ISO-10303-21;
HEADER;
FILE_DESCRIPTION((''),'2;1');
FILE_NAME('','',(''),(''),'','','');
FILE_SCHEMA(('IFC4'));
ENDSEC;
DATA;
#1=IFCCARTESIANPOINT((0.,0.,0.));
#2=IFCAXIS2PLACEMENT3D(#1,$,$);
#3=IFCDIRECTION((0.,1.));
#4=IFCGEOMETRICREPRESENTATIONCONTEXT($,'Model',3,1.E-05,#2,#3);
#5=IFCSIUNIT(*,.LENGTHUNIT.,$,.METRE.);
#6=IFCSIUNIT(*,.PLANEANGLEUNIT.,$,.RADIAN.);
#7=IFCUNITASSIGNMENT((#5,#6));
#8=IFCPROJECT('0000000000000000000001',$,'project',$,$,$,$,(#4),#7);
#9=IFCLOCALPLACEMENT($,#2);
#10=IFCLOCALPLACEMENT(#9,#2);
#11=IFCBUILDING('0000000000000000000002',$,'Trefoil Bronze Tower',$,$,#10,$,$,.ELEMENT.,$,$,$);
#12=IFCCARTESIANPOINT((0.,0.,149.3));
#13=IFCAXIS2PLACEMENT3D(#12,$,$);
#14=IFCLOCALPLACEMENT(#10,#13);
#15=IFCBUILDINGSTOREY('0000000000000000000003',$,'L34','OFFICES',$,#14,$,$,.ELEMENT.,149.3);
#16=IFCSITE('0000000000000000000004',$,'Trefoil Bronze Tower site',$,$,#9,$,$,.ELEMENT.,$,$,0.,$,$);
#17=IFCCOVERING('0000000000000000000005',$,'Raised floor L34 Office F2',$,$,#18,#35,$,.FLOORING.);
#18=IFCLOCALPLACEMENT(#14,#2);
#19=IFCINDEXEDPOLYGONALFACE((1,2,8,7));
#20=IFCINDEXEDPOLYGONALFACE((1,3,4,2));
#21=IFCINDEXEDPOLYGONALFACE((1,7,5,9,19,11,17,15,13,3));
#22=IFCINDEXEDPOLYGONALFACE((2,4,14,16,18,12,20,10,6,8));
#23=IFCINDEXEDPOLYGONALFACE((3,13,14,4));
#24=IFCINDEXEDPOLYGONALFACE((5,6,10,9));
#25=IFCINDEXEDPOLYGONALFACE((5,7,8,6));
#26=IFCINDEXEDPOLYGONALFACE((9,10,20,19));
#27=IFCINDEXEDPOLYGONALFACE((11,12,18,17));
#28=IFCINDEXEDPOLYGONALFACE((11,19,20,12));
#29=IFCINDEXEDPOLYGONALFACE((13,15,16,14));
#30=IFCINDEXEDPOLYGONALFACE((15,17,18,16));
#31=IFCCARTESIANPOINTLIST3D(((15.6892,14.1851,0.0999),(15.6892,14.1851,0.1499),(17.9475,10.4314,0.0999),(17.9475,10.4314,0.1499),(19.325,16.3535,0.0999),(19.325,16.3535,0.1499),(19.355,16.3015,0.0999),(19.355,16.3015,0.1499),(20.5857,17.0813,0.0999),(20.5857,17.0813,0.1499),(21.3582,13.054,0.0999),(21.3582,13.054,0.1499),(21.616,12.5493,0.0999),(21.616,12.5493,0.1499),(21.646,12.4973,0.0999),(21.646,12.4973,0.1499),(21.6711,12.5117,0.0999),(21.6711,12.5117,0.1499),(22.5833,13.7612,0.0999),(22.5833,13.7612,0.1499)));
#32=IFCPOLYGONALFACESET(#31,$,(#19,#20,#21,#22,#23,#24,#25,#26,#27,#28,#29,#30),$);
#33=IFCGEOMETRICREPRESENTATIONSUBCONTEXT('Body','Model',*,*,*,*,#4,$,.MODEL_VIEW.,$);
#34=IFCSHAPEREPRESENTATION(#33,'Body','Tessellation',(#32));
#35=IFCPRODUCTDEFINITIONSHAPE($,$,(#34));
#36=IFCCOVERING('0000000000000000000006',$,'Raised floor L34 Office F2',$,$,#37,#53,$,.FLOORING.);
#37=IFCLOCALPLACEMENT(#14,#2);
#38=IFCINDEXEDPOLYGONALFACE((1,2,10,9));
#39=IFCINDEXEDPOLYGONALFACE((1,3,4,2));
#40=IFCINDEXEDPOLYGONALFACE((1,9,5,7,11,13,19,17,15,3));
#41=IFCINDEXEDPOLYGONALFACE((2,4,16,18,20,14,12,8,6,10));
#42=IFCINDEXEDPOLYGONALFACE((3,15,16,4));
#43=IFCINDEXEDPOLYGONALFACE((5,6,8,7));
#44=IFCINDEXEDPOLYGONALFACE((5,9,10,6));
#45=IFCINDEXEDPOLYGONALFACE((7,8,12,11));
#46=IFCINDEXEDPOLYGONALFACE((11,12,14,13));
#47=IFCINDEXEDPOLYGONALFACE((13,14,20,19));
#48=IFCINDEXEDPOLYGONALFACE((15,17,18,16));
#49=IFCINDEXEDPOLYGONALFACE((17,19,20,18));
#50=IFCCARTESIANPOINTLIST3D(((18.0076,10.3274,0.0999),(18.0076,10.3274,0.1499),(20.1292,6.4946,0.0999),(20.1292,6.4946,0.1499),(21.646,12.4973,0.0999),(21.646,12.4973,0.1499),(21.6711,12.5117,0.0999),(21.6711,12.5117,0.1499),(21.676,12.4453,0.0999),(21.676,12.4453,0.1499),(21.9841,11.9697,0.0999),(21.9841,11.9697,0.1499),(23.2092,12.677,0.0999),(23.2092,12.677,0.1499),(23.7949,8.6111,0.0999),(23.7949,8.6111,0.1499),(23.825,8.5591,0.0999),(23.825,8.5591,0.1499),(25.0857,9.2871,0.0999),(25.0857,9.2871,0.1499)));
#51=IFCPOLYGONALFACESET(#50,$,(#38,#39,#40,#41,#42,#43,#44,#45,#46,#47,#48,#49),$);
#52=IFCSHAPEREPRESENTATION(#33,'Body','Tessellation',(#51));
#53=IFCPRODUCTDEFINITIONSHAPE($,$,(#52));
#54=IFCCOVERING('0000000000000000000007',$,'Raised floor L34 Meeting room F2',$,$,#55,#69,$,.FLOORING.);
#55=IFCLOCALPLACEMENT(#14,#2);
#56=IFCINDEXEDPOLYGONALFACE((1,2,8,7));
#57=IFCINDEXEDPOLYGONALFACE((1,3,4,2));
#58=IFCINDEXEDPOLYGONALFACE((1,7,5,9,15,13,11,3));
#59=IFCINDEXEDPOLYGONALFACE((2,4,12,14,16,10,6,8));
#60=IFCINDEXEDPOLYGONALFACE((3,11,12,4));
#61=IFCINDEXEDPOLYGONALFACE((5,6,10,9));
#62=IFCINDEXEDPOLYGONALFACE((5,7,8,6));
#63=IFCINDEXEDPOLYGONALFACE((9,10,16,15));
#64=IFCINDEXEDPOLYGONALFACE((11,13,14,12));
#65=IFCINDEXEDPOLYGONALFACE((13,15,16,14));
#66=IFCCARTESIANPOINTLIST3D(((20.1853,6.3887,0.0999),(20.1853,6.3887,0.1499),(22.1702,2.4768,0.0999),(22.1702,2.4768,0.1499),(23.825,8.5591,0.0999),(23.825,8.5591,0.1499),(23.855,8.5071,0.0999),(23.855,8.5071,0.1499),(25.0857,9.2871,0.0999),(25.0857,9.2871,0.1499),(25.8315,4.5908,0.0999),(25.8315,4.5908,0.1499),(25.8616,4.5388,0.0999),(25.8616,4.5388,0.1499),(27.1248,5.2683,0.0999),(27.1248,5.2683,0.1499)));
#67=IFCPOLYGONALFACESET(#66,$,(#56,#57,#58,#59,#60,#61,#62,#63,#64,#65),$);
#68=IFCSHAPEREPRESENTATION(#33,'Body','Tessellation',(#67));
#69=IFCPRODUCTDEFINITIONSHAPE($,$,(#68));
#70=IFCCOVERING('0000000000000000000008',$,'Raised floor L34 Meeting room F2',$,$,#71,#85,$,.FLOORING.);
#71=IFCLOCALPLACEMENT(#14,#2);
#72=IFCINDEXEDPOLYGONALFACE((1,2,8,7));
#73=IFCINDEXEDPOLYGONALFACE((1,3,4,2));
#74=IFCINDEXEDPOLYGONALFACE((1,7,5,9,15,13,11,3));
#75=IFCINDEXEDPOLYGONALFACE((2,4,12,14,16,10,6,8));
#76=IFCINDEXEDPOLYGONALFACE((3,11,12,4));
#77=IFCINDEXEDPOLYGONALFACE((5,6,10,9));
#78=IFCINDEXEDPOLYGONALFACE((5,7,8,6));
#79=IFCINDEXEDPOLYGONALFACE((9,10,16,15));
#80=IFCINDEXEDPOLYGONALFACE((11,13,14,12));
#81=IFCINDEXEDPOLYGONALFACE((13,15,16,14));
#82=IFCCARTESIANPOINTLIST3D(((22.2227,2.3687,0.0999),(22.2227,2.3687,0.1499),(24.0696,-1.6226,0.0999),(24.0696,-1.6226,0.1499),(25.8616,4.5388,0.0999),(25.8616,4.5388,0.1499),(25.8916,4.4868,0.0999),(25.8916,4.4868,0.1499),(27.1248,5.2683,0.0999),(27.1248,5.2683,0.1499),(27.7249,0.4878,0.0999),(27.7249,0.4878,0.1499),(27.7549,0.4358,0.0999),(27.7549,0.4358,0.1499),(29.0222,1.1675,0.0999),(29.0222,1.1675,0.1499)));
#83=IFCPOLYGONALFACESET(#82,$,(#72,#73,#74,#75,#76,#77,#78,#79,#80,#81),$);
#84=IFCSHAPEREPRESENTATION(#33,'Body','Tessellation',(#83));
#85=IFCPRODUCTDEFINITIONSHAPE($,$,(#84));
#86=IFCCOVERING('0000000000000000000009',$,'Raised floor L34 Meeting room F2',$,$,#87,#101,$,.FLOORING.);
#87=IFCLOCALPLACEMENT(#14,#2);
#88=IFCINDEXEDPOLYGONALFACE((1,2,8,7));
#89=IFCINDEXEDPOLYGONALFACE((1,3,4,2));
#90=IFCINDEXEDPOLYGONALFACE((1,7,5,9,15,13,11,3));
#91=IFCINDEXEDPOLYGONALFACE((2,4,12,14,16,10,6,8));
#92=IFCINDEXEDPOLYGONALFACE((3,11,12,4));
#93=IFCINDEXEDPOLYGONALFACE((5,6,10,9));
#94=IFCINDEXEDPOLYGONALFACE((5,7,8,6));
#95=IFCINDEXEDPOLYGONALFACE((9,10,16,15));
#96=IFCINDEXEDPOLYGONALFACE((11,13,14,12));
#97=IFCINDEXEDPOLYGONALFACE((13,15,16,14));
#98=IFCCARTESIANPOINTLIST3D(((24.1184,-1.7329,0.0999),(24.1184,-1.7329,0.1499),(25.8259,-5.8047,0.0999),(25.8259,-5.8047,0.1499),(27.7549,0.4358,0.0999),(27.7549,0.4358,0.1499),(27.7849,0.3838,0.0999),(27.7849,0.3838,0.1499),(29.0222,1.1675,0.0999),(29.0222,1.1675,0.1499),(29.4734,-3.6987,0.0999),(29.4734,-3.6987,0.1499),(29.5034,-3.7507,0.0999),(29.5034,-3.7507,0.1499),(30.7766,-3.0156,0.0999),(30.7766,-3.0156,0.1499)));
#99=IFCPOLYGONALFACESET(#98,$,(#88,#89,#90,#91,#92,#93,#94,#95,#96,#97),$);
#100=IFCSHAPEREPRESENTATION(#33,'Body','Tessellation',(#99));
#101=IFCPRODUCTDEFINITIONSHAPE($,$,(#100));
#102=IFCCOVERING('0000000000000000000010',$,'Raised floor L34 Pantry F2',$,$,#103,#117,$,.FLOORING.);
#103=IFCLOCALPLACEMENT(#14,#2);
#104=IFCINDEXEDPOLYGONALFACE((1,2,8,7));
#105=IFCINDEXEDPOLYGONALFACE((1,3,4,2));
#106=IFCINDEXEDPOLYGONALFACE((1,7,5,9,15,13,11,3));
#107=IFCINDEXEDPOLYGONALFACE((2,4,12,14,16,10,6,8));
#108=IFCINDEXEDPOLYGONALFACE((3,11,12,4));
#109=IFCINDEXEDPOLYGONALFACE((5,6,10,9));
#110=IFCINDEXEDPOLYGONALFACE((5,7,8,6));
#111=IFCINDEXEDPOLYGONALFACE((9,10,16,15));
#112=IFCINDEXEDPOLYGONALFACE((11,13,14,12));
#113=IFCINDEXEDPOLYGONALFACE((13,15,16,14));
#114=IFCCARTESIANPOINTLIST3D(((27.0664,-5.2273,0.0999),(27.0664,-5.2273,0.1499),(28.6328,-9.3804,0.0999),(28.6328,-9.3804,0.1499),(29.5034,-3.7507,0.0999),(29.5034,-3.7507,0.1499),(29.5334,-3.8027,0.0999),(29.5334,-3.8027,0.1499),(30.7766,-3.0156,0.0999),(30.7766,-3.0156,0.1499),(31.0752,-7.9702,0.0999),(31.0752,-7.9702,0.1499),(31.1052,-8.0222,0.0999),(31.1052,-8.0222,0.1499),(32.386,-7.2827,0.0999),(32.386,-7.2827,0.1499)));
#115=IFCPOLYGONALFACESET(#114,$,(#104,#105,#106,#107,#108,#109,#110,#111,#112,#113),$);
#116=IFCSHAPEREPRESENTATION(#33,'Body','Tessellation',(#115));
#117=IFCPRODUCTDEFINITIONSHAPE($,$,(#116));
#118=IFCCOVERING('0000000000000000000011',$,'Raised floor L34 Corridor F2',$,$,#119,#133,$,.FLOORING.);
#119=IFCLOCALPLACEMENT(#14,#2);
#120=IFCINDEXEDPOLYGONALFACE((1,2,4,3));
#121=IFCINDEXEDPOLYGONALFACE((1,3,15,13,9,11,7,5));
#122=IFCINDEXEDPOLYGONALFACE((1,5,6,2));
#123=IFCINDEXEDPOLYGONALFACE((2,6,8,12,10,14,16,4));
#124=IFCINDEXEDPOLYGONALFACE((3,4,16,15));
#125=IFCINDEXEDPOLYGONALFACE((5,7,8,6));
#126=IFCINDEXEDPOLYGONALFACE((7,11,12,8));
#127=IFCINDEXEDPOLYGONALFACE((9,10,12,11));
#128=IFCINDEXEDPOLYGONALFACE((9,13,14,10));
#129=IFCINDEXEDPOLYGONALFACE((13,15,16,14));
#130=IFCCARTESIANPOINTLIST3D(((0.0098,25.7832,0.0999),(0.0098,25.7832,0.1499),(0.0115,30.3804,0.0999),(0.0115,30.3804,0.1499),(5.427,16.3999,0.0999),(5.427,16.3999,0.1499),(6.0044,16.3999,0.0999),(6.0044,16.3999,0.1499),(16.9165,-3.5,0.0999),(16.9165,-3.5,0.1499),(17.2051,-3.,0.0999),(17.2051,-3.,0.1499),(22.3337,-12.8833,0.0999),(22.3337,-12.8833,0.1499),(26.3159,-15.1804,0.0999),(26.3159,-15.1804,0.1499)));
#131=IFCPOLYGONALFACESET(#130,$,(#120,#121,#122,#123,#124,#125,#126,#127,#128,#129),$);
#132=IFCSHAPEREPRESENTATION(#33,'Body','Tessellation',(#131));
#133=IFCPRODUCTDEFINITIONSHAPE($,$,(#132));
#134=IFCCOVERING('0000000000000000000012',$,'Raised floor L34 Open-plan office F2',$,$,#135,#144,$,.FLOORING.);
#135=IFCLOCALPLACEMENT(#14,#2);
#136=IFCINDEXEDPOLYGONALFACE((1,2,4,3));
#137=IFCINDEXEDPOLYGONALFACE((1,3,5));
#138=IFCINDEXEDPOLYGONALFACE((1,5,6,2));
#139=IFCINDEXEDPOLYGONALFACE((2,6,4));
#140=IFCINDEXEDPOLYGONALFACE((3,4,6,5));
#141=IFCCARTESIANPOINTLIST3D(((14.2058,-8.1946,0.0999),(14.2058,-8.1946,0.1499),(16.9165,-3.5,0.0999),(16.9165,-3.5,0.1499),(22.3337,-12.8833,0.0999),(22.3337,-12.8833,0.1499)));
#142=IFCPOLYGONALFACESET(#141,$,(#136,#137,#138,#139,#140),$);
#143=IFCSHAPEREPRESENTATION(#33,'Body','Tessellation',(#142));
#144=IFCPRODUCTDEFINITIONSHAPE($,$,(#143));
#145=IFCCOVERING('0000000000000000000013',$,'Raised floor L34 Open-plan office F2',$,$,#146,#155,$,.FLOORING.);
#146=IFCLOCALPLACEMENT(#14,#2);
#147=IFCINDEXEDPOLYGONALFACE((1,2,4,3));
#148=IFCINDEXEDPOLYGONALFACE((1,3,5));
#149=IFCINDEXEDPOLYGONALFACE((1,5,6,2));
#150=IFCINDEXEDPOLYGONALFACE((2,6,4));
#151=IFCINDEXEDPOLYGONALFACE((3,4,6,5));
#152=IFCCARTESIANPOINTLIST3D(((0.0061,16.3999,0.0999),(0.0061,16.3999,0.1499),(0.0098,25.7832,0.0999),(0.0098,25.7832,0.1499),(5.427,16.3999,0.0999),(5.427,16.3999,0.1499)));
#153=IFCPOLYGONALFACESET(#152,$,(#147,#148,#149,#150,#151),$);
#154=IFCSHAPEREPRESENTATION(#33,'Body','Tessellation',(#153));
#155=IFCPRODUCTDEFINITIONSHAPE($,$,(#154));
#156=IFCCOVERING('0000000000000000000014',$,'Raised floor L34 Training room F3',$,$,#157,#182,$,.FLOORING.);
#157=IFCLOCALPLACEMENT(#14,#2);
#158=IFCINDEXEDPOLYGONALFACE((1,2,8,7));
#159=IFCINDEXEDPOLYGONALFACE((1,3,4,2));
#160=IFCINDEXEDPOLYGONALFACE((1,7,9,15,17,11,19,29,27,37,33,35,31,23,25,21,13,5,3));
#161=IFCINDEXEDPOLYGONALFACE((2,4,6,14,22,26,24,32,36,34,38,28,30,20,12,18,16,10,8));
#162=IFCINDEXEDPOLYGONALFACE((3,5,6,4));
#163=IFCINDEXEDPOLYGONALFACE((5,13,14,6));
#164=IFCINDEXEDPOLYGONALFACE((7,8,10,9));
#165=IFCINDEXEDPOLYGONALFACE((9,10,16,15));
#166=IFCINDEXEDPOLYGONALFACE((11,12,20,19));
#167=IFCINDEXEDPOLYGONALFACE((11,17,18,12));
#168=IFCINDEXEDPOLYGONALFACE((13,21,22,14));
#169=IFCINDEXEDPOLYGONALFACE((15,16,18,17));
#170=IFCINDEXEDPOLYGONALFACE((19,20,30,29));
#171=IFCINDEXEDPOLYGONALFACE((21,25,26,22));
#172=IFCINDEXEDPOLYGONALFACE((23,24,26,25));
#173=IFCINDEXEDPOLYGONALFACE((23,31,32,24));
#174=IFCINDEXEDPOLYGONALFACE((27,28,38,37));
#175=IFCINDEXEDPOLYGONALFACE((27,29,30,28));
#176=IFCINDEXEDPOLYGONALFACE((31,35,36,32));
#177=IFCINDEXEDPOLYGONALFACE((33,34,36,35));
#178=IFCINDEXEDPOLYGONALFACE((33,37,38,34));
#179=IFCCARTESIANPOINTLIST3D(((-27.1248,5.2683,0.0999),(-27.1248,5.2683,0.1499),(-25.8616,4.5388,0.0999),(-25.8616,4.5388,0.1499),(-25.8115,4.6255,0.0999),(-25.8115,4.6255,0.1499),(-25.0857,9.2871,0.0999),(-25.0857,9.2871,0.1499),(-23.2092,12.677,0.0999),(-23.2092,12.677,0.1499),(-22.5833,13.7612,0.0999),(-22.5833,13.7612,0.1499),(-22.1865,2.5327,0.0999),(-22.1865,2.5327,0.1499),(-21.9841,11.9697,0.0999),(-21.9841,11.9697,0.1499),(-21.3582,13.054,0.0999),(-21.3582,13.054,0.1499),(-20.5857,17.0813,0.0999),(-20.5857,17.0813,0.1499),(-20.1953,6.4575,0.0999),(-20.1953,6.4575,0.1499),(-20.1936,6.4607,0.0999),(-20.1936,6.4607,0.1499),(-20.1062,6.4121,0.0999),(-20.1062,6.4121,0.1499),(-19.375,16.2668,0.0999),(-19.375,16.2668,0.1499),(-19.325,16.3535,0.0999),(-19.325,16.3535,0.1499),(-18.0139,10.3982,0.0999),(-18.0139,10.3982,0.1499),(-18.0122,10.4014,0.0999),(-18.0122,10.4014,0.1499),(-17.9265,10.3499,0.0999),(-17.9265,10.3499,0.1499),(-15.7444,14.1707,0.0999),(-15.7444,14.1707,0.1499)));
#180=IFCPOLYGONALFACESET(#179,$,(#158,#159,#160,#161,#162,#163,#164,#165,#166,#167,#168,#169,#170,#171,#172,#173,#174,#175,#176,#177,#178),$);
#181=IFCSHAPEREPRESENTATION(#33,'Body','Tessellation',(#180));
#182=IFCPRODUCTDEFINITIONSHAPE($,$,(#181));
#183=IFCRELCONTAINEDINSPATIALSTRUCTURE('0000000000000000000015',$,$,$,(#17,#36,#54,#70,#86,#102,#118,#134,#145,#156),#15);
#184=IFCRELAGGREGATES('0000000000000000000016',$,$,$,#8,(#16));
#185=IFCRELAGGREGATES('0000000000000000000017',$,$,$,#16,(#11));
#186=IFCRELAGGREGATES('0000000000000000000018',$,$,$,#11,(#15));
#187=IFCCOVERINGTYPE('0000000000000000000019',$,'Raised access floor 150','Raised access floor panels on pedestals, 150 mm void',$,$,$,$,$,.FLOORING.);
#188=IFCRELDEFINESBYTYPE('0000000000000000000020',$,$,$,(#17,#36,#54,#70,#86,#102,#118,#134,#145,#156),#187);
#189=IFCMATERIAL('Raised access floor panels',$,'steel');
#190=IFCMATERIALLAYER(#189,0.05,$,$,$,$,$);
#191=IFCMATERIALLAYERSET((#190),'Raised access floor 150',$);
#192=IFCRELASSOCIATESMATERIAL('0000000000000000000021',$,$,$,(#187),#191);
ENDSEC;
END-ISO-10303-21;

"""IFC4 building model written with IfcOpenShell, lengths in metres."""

from ifc_helpers import new_model, si_unit, direction, frame, origin, place, context, subcontext, project, spatial, polyline, outline, extrude, material, layer, layer_set, type_object, element, save


model = new_model("IFC4")

# Units and contexts
model_context = context("Model", 3, precision=1e-05, world=origin(), true_north=direction((0.0, 1.0)))
body_context = subcontext(model_context, "Body", "Model", "MODEL_VIEW")
ifc_project = project(units=[si_unit("LENGTHUNIT", "METRE"), si_unit("PLANEANGLEUNIT", "RADIAN")], contexts=[model_context])

# Site, building, storey
site_placement = place(None, origin())
site = spatial("IfcSite", under=ifc_project, at=site_placement, Name="Trefoil Bronze Tower site", CompositionType="ELEMENT", RefElevation=0.0)
building_placement = place(site_placement, origin())
building = spatial("IfcBuilding", under=site, at=building_placement, Name="Trefoil Bronze Tower", CompositionType="ELEMENT")
storey_placement = place(building_placement, frame((0.0, 0.0, 149.3)))
storey = spatial("IfcBuildingStorey", under=building, at=storey_placement, Name="L34", Description="OFFICES", CompositionType="ELEMENT", Elevation=149.3)

# Coverings
ifc_material_1 = material(Name="Raised access floor panels", Category="steel")
ifc_layer_1 = layer(ifc_material_1, 0.05)
ifc_layer_set_1 = layer_set([ifc_layer_1], Name="Raised access floor 150")
covering_type_1 = type_object("IfcCoveringType", Name="Raised access floor 150", Description="Raised access floor panels on pedestals, 150 mm void", PredefinedType="FLOORING", material=ifc_layer_set_1)
covering_1_placement = place(storey_placement, frame((0.0, 0.0, 0.0999)))
element("IfcCovering", 1, at=covering_1_placement, inside=storey, type_object=covering_type_1, Name="Raised floor L34 Office F2", PredefinedType="FLOORING", context=body_context, shape_type="SweptSolid", body=[
    extrude(outline(polyline([(21.646, 12.4973), (21.616, 12.5493), (17.9475, 10.4314), (15.6892, 14.1851), (19.355, 16.3015), (19.325, 16.3535), (20.5857, 17.0813), (22.5833, 13.7612), (21.3582, 13.054), (21.6711, 12.5117), (21.646, 12.4973)])), origin(), (0.0, 0.0, 1.0), 0.05),
])
covering_2_placement = place(storey_placement, frame((0.0, 0.0, 0.0999)))
element("IfcCovering", 2, at=covering_2_placement, inside=storey, type_object=covering_type_1, Name="Raised floor L34 Office F2", PredefinedType="FLOORING", context=body_context, shape_type="SweptSolid", body=[
    extrude(outline(polyline([(23.825, 8.5591), (23.7949, 8.6111), (20.1292, 6.4946), (18.0076, 10.3274), (21.676, 12.4453), (21.646, 12.4973), (21.6711, 12.5117), (21.9841, 11.9697), (23.2092, 12.677), (25.0857, 9.2871), (23.825, 8.5591)])), origin(), (0.0, 0.0, 1.0), 0.05),
])
covering_3_placement = place(storey_placement, frame((0.0, 0.0, 0.0999)))
element("IfcCovering", 3, at=covering_3_placement, inside=storey, type_object=covering_type_1, Name="Raised floor L34 Meeting room F2", PredefinedType="FLOORING", context=body_context, shape_type="SweptSolid", body=[
    extrude(outline(polyline([(25.8616, 4.5388), (25.8315, 4.5908), (22.1702, 2.4768), (20.1853, 6.3887), (23.855, 8.5071), (23.825, 8.5591), (25.0857, 9.2871), (27.1248, 5.2683), (25.8616, 4.5388)])), origin(), (0.0, 0.0, 1.0), 0.05),
])
covering_4_placement = place(storey_placement, frame((0.0, 0.0, 0.0999)))
element("IfcCovering", 4, at=covering_4_placement, inside=storey, type_object=covering_type_1, Name="Raised floor L34 Meeting room F2", PredefinedType="FLOORING", context=body_context, shape_type="SweptSolid", body=[
    extrude(outline(polyline([(27.7549, 0.4358), (27.7249, 0.4878), (24.0696, -1.6226), (22.2227, 2.3687), (25.8916, 4.4868), (25.8616, 4.5388), (27.1248, 5.2683), (29.0222, 1.1675), (27.7549, 0.4358)])), origin(), (0.0, 0.0, 1.0), 0.05),
])
covering_5_placement = place(storey_placement, frame((0.0, 0.0, 0.0999)))
element("IfcCovering", 5, at=covering_5_placement, inside=storey, type_object=covering_type_1, Name="Raised floor L34 Meeting room F2", PredefinedType="FLOORING", context=body_context, shape_type="SweptSolid", body=[
    extrude(outline(polyline([(29.5034, -3.7507), (29.4734, -3.6987), (25.8259, -5.8047), (24.1184, -1.7329), (27.7849, 0.3838), (27.7549, 0.4358), (29.0222, 1.1675), (30.7766, -3.0156), (29.5034, -3.7507)])), origin(), (0.0, 0.0, 1.0), 0.05),
])
covering_6_placement = place(storey_placement, frame((0.0, 0.0, 0.0999)))
element("IfcCovering", 6, at=covering_6_placement, inside=storey, type_object=covering_type_1, Name="Raised floor L34 Pantry F2", PredefinedType="FLOORING", context=body_context, shape_type="SweptSolid", body=[
    extrude(outline(polyline([(31.1052, -8.0222), (31.0752, -7.9702), (28.6328, -9.3804), (27.0664, -5.2273), (29.5334, -3.8027), (29.5034, -3.7507), (30.7766, -3.0156), (32.386, -7.2827), (31.1052, -8.0222)])), origin(), (0.0, 0.0, 1.0), 0.05),
])
covering_7_placement = place(storey_placement, frame((0.0, 0.0, 0.0999)))
element("IfcCovering", 7, at=covering_7_placement, inside=storey, type_object=covering_type_1, Name="Raised floor L34 Corridor F2", PredefinedType="FLOORING", context=body_context, shape_type="SweptSolid", body=[
    extrude(outline(polyline([(0.0115, 30.3804), (26.3159, -15.1804), (22.3337, -12.8833), (16.9165, -3.5), (17.2051, -3.0), (6.0044, 16.3999), (5.427, 16.3999), (0.0098, 25.7832), (0.0115, 30.3804)])), origin(), (0.0, 0.0, 1.0), 0.05),
])
covering_8_placement = place(storey_placement, frame((0.0, 0.0, 0.0999)))
element("IfcCovering", 8, at=covering_8_placement, inside=storey, type_object=covering_type_1, Name="Raised floor L34 Open-plan office F2", PredefinedType="FLOORING", context=body_context, shape_type="SweptSolid", body=[
    extrude(outline(polyline([(22.3337, -12.8833), (14.2058, -8.1946), (16.9165, -3.5), (22.3337, -12.8833)])), origin(), (0.0, 0.0, 1.0), 0.05),
])
covering_9_placement = place(storey_placement, frame((0.0, 0.0, 0.0999)))
element("IfcCovering", 9, at=covering_9_placement, inside=storey, type_object=covering_type_1, Name="Raised floor L34 Open-plan office F2", PredefinedType="FLOORING", context=body_context, shape_type="SweptSolid", body=[
    extrude(outline(polyline([(0.0061, 16.3999), (0.0098, 25.7832), (5.427, 16.3999), (0.0061, 16.3999)])), origin(), (0.0, 0.0, 1.0), 0.05),
])
covering_10_placement = place(storey_placement, frame((0.0, 0.0, 0.0999)))
element("IfcCovering", 10, at=covering_10_placement, inside=storey, type_object=covering_type_1, Name="Raised floor L34 Training room F3", PredefinedType="FLOORING", context=body_context, shape_type="SweptSolid", body=[
    extrude(outline(polyline([(-25.0857, 9.2871), (-23.2092, 12.677), (-21.9841, 11.9697), (-21.3582, 13.054), (-22.5833, 13.7612), (-20.5857, 17.0813), (-19.325, 16.3535), (-19.375, 16.2668), (-15.7444, 14.1707), (-18.0122, 10.4014), (-17.9265, 10.3499), (-18.0139, 10.3982), (-20.1936, 6.4607), (-20.1062, 6.4121), (-20.1953, 6.4575), (-22.1865, 2.5327), (-25.8115, 4.6255), (-25.8616, 4.5388), (-27.1248, 5.2683), (-25.0857, 9.2871)])), origin(), (0.0, 0.0, 1.0), 0.05),
])

save(model, "model.ifc")
